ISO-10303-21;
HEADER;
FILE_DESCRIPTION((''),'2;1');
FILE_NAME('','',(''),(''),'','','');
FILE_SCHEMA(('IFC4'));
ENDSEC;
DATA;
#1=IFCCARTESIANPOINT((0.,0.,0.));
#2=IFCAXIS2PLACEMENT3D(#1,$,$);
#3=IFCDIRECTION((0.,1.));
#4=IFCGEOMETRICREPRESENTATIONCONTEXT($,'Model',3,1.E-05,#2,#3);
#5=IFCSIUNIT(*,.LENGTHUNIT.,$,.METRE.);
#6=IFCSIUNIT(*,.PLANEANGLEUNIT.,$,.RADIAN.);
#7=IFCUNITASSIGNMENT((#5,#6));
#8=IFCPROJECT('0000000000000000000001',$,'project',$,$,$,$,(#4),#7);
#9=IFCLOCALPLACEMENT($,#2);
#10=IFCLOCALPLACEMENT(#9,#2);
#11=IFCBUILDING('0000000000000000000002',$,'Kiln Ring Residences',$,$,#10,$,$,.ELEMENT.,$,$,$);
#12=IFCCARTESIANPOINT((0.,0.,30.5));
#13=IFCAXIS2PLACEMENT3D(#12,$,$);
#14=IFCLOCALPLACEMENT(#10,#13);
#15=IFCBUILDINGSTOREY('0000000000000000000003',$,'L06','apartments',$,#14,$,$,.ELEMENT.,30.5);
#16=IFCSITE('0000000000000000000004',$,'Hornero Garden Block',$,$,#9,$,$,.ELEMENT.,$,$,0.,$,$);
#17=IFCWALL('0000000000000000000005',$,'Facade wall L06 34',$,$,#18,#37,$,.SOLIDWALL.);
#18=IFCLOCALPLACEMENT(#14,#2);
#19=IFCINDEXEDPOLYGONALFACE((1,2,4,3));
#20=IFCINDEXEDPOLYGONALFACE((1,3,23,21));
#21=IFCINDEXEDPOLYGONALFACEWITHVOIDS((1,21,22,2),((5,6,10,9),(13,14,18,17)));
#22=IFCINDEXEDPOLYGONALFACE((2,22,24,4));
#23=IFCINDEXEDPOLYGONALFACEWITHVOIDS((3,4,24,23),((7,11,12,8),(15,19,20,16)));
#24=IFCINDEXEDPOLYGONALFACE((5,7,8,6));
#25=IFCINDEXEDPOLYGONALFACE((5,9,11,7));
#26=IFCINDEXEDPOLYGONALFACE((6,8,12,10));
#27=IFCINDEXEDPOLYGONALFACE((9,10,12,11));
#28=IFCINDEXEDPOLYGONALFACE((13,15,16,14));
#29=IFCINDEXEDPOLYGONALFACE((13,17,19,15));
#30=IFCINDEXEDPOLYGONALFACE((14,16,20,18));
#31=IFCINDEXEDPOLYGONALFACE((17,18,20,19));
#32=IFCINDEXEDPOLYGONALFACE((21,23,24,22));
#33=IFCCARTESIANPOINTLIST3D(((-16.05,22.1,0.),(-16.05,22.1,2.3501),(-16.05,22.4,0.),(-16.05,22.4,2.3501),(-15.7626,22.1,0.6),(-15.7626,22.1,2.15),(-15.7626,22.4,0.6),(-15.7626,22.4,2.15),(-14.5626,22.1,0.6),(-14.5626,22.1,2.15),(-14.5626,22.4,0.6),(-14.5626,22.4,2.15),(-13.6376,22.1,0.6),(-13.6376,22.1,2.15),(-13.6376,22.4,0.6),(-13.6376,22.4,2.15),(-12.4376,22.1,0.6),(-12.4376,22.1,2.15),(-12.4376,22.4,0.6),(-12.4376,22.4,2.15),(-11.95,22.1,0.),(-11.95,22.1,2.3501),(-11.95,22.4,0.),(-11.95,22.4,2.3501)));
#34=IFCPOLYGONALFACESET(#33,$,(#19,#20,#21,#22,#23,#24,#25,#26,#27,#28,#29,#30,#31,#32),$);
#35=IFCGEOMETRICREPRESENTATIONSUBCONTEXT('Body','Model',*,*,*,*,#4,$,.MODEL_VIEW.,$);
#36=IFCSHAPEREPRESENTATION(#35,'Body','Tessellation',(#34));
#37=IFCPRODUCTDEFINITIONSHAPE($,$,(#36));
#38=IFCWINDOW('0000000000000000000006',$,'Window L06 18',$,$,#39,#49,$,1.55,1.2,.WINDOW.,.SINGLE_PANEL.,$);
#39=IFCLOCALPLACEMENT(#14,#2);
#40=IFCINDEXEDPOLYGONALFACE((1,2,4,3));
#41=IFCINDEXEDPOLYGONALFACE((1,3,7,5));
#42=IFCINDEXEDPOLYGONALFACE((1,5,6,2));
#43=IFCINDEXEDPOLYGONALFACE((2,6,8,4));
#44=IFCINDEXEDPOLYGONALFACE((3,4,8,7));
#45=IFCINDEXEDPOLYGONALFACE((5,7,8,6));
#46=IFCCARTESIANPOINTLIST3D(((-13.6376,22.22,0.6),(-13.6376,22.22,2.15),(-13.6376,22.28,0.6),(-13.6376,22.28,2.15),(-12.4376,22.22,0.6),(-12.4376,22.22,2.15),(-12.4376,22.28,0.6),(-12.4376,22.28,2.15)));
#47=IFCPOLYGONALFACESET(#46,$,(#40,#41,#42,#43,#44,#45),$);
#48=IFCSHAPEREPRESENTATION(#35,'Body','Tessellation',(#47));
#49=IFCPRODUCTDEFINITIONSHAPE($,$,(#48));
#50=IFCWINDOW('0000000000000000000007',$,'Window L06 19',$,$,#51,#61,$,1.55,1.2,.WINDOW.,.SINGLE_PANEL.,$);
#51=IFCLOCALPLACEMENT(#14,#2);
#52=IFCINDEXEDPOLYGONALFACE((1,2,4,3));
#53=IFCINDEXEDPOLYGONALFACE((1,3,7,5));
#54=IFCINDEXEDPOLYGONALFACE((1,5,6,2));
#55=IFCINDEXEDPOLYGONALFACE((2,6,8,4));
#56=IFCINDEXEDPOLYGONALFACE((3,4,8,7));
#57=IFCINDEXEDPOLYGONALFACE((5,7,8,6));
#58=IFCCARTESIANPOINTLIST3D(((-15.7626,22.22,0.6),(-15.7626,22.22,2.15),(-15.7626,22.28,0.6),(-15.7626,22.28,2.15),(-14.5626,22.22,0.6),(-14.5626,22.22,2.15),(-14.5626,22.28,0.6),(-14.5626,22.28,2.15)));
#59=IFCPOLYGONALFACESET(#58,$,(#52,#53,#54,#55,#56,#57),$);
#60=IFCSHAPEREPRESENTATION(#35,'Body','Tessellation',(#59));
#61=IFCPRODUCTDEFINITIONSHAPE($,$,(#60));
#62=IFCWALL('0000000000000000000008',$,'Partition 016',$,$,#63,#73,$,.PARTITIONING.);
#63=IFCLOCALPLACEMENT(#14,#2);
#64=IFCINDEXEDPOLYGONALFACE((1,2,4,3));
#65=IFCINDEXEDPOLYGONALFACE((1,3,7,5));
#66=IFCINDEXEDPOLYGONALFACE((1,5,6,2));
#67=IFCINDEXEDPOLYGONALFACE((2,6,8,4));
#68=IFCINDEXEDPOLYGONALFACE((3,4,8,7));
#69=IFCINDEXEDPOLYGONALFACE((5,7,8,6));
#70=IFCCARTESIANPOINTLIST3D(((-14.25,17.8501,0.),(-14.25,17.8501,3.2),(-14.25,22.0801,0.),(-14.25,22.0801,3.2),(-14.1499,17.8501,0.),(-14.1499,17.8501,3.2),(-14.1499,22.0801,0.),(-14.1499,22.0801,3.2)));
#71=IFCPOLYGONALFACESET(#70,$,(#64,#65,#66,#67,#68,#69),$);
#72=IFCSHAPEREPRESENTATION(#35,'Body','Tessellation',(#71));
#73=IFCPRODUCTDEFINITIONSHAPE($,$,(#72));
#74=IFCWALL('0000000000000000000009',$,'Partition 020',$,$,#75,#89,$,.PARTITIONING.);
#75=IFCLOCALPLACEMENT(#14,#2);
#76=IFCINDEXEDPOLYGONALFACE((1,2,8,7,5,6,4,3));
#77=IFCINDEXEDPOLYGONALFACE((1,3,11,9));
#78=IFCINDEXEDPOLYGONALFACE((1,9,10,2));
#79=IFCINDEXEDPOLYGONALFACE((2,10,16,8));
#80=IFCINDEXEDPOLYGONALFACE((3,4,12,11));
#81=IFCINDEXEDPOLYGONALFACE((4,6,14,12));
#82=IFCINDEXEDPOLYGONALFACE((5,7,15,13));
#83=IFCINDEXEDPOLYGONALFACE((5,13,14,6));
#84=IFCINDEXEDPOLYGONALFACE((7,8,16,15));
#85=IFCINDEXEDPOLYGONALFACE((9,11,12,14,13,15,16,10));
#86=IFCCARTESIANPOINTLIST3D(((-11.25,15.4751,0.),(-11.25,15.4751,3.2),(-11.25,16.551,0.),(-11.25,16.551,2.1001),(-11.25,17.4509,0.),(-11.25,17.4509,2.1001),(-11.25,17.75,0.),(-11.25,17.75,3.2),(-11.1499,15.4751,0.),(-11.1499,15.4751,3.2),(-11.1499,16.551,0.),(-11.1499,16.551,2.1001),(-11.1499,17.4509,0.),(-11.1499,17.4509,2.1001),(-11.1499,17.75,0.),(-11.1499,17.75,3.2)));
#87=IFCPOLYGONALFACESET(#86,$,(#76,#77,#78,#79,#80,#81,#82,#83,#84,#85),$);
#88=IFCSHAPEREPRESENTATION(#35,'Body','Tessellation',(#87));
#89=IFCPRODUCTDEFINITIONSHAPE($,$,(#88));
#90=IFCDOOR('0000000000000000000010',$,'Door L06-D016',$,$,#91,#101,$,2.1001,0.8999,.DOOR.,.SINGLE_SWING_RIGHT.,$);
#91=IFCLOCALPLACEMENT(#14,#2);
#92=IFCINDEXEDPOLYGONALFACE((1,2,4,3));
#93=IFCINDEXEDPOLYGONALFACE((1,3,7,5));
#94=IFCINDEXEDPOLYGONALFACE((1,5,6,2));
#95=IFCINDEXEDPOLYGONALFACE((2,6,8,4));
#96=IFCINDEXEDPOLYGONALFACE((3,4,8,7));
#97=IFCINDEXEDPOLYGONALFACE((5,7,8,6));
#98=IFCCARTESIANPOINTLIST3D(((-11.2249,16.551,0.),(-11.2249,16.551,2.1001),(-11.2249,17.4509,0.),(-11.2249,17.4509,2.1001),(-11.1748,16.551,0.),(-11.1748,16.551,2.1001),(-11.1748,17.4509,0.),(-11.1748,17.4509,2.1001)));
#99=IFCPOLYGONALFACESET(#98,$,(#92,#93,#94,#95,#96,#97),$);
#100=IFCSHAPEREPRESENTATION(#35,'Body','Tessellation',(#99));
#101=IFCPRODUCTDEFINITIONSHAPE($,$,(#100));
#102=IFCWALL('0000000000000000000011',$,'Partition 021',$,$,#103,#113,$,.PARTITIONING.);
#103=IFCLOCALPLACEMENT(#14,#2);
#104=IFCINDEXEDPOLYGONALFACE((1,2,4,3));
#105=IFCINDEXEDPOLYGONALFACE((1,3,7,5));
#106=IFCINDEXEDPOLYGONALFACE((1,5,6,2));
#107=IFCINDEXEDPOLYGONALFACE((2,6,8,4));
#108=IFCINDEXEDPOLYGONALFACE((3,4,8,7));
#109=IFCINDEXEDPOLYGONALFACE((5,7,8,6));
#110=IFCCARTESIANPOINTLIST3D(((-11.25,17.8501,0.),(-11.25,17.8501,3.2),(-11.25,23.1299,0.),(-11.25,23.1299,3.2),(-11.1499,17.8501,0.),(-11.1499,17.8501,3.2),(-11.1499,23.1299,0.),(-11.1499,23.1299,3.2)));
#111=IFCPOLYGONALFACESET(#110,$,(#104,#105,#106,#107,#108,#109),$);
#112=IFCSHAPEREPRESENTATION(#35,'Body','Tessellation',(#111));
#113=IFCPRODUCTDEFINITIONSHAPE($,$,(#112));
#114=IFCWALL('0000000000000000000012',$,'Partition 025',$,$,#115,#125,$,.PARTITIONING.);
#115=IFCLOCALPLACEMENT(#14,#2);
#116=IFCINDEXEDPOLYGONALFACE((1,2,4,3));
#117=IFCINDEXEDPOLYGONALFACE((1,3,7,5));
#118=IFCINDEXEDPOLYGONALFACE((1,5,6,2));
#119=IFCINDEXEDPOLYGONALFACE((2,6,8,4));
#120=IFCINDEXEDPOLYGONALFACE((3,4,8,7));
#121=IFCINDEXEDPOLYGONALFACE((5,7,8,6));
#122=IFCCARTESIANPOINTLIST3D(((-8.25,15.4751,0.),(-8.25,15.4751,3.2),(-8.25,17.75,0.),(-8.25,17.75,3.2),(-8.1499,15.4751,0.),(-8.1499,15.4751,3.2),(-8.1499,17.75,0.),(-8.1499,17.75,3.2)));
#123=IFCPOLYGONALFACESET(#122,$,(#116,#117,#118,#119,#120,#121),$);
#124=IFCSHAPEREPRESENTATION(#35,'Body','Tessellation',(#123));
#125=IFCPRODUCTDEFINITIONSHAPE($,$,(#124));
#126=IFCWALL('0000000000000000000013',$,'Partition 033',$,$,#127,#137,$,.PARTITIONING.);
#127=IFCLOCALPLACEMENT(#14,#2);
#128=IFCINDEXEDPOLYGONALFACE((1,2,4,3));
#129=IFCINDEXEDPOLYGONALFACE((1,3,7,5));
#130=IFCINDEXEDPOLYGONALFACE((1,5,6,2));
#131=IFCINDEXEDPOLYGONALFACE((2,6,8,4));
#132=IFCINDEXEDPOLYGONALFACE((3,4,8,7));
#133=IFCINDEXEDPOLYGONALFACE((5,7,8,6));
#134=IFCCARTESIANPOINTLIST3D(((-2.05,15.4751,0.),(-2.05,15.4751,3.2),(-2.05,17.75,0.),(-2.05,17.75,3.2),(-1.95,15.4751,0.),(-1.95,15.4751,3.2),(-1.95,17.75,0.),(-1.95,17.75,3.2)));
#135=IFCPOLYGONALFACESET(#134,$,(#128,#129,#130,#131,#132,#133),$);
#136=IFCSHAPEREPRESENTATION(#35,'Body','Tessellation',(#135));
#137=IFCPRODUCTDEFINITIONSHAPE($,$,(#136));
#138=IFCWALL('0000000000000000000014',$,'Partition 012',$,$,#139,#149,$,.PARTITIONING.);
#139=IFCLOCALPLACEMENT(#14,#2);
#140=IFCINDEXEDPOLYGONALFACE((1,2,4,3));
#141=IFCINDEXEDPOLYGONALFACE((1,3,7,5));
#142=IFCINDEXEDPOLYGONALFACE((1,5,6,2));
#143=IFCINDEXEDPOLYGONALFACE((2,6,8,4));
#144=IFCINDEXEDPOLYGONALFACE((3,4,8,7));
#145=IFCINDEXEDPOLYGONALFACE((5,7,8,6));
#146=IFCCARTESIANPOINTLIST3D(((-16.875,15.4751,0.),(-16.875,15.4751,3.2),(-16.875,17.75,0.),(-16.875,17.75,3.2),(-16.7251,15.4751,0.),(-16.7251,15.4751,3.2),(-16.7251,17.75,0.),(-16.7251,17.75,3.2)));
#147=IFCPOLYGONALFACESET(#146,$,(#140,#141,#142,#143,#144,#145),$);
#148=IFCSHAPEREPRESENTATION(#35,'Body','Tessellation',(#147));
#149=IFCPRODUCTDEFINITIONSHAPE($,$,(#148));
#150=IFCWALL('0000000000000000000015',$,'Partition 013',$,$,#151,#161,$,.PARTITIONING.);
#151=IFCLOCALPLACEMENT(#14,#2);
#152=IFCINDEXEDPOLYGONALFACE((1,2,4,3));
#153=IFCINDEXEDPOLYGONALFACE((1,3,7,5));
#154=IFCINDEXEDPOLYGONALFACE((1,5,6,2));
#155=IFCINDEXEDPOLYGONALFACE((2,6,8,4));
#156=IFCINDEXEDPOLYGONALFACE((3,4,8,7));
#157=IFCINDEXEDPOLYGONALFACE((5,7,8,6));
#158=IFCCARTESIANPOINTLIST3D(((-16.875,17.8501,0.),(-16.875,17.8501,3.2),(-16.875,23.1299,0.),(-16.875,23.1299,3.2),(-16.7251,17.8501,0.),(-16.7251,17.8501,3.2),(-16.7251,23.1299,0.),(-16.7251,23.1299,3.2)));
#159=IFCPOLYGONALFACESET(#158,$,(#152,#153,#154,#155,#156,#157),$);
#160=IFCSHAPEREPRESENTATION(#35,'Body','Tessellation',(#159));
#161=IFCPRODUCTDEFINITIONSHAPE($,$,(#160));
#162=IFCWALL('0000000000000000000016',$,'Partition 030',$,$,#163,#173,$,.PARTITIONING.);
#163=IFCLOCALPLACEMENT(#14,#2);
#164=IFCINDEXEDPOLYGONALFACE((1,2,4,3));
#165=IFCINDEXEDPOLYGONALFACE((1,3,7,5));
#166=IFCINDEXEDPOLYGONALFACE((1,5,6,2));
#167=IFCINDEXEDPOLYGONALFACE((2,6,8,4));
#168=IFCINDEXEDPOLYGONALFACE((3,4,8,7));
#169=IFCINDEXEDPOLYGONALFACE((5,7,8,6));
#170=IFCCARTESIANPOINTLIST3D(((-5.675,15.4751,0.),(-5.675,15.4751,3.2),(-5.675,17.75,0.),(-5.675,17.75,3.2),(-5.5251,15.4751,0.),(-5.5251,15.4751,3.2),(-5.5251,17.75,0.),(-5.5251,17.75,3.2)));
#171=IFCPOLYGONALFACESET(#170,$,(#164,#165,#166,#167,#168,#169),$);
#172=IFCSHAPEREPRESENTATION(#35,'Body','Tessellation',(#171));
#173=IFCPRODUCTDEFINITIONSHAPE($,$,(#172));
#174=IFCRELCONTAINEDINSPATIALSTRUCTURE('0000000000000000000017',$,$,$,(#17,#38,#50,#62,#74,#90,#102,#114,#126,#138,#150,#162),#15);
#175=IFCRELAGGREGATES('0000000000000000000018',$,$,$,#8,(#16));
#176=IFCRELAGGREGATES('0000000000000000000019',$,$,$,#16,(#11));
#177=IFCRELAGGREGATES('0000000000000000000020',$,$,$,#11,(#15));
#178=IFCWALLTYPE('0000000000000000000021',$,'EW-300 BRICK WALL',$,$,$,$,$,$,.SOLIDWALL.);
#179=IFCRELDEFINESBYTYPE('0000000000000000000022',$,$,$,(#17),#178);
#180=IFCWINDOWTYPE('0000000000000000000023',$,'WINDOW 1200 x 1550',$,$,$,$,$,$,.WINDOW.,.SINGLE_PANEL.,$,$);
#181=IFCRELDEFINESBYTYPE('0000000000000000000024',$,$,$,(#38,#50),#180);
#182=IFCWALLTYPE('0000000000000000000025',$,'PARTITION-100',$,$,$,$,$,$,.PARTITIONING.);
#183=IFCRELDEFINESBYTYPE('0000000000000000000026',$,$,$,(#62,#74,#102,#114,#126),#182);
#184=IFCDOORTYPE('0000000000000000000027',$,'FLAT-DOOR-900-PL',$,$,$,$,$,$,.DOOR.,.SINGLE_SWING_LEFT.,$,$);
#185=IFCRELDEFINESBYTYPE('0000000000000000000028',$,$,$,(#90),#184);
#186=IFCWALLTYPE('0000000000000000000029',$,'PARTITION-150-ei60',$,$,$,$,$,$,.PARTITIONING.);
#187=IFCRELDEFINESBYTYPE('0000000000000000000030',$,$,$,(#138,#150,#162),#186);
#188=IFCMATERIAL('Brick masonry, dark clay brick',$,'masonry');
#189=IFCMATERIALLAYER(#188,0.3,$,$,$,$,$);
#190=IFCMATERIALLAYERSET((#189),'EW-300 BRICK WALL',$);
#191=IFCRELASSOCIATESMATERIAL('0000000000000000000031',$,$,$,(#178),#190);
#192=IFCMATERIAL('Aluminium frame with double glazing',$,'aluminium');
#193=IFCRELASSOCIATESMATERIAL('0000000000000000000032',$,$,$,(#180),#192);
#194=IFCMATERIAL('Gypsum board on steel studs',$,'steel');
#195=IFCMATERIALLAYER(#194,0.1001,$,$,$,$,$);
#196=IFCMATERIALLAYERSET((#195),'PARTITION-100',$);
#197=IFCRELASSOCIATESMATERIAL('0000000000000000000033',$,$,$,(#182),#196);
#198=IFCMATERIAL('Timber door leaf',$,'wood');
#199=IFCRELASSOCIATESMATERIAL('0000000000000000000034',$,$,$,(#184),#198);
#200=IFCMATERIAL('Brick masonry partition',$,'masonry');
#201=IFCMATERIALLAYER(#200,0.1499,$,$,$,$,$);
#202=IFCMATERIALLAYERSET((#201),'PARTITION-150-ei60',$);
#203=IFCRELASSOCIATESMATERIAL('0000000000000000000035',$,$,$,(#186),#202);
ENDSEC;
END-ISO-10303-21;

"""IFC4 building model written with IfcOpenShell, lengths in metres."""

from ifc_helpers import new_model, si_unit, direction, frame, frame_2d, origin, place, context, subcontext, project, spatial, rectangle, extrude, material, layer, layer_set, type_object, element, fill, save


model = new_model("IFC4")

# Units and contexts
model_context = context("Model", 3, precision=1e-05, world=origin(), true_north=direction((0.0, 1.0)))
body_context = subcontext(model_context, "Body", "Model", "MODEL_VIEW")
ifc_project = project(units=[si_unit("LENGTHUNIT", "METRE"), si_unit("PLANEANGLEUNIT", "RADIAN")], contexts=[model_context])

# Site, building, storey
site_placement = place(None, origin())
site = spatial("IfcSite", under=ifc_project, at=site_placement, Name="Hornero Garden Block", CompositionType="ELEMENT", RefElevation=0.0)
building_placement = place(site_placement, origin())
building = spatial("IfcBuilding", under=site, at=building_placement, Name="Kiln Ring Residences", CompositionType="ELEMENT")
storey_placement = place(building_placement, frame((0.0, 0.0, 30.5)))
storey = spatial("IfcBuildingStorey", under=building, at=storey_placement, Name="L06", Description="apartments", CompositionType="ELEMENT", Elevation=30.5)

# Shared definitions
ifc_material_1 = material(Name="Brick masonry, dark clay brick", Category="masonry")
ifc_layer_1 = layer(ifc_material_1, 0.3)
ifc_layer_set_1 = layer_set([ifc_layer_1], Name="EW-300 BRICK WALL")
wall_type_1 = type_object("IfcWallType", Name="EW-300 BRICK WALL", PredefinedType="SOLIDWALL", material=ifc_layer_set_1)

# Wall, openings, windows
wall_1_placement = place(storey_placement, frame((-11.95, 22.25, 0.0), z_axis=(0.0, 0.0, 1.0), x_axis=(-1.0, 0.0, 0.0)))
wall_1 = element("IfcWall", 1, at=wall_1_placement, inside=storey, type_object=wall_type_1, Name="Facade wall L06 34", PredefinedType="SOLIDWALL", context=body_context, shape_type="SweptSolid", body=[
    extrude(rectangle(XDim=4.1001, YDim=0.3, at=frame_2d((2.05, 0.0))), origin(), (0.0, 0.0, 1.0), 2.3501),
])
opening_1_placement = place(wall_1_placement, frame((0.4875, 0.0, 0.6001)))
opening_1 = element("IfcOpeningElement", 2, at=opening_1_placement, cuts=wall_1, PredefinedType="OPENING", context=body_context, shape_type="SweptSolid", body=[
    extrude(rectangle(XDim=1.2, YDim=1.55, at=frame_2d((0.6001, 0.7749))), frame((0.0, 0.1599, 0.0), z_axis=(0.0, -1.0, 0.0), x_axis=(1.0, 0.0, 0.0)), (0.0, 0.0, 1.0), 0.3201),
])
opening_2_placement = place(wall_1_placement, frame((2.6125, 0.0, 0.6001)))
opening_2 = element("IfcOpeningElement", 3, at=opening_2_placement, cuts=wall_1, PredefinedType="OPENING", context=body_context, shape_type="SweptSolid", body=[
    extrude(rectangle(XDim=1.2, YDim=1.55, at=frame_2d((0.6001, 0.7749))), frame((0.0, 0.1599, 0.0), z_axis=(0.0, -1.0, 0.0), x_axis=(1.0, 0.0, 0.0)), (0.0, 0.0, 1.0), 0.3201),
])
ifc_material_2 = material(Name="Aluminium frame with double glazing", Category="aluminium")
window_type_1 = type_object("IfcWindowType", Name="WINDOW 1200 x 1550", PartitioningType="SINGLE_PANEL", PredefinedType="WINDOW", material=ifc_material_2)
window_1_placement = place(opening_1_placement, origin())
window_1 = element("IfcWindow", 4, at=window_1_placement, inside=storey, type_object=window_type_1, Name="Window L06 18", OverallHeight=1.55, OverallWidth=1.2, PartitioningType="SINGLE_PANEL", PredefinedType="WINDOW", context=body_context, shape_type="SweptSolid", body=[
    extrude(rectangle(XDim=1.2, YDim=1.55, at=frame_2d((0.6001, 0.7749))), frame((0.0, 0.03, 0.0), z_axis=(0.0, -1.0, 0.0), x_axis=(1.0, 0.0, 0.0)), (0.0, 0.0, 1.0), 0.0601),
])
fill(opening_1, window_1)
window_2_placement = place(opening_2_placement, origin())
window_2 = element("IfcWindow", 5, at=window_2_placement, inside=storey, type_object=window_type_1, Name="Window L06 19", OverallHeight=1.55, OverallWidth=1.2, PartitioningType="SINGLE_PANEL", PredefinedType="WINDOW", context=body_context, shape_type="SweptSolid", body=[
    extrude(rectangle(XDim=1.2, YDim=1.55, at=frame_2d((0.6001, 0.7749))), frame((0.0, 0.03, 0.0), z_axis=(0.0, -1.0, 0.0), x_axis=(1.0, 0.0, 0.0)), (0.0, 0.0, 1.0), 0.0601),
])
fill(opening_2, window_2)

# Wall
ifc_material_3 = material(Name="Gypsum board on steel studs", Category="steel")
ifc_layer_2 = layer(ifc_material_3, 0.1001)
ifc_layer_set_2 = layer_set([ifc_layer_2], Name="PARTITION-100")
wall_type_2 = type_object("IfcWallType", Name="PARTITION-100", PredefinedType="PARTITIONING", material=ifc_layer_set_2)
wall_2_placement = place(storey_placement, frame((-14.2, 17.8501, 0.0), z_axis=(0.0, 0.0, 1.0), x_axis=(0.0, 1.0, 0.0)))
element("IfcWall", 6, at=wall_2_placement, inside=storey, type_object=wall_type_2, Name="Partition 016", PredefinedType="PARTITIONING", context=body_context, shape_type="SweptSolid", body=[
    extrude(rectangle(XDim=4.23, YDim=0.1001, at=frame_2d((2.115, 0.0))), origin(), (0.0, 0.0, 1.0), 3.2),
])

# Wall, opening, door
wall_3_placement = place(storey_placement, frame((-11.2, 15.4751, 0.0), z_axis=(0.0, 0.0, 1.0), x_axis=(0.0, 1.0, 0.0)))
wall_3 = element("IfcWall", 7, at=wall_3_placement, inside=storey, type_object=wall_type_2, Name="Partition 020", PredefinedType="PARTITIONING", context=body_context, shape_type="SweptSolid", body=[
    extrude(rectangle(XDim=2.2749, YDim=0.1001, at=frame_2d((1.1375, 0.0))), origin(), (0.0, 0.0, 1.0), 3.2),
])
opening_3_placement = place(wall_3_placement, frame((1.0759, 0.0, 0.0)))
opening_3 = element("IfcOpeningElement", 8, at=opening_3_placement, cuts=wall_3, PredefinedType="OPENING", context=body_context, shape_type="SweptSolid", body=[
    extrude(rectangle(XDim=0.8999, YDim=2.1001, at=frame_2d((0.45, 1.05))), frame((0.0, 0.0601, 0.0), z_axis=(0.0, -1.0, 0.0), x_axis=(1.0, 0.0, 0.0)), (0.0, 0.0, 1.0), 0.1201),
])
ifc_material_4 = material(Name="Timber door leaf", Category="wood")
door_type = type_object("IfcDoorType", Name="FLAT-DOOR-900-PL", OperationType="SINGLE_SWING_LEFT", PredefinedType="DOOR", material=ifc_material_4)
door_placement = place(opening_3_placement, origin())
door = element("IfcDoor", 9, at=door_placement, inside=storey, type_object=door_type, Name="Door L06-D016", OperationType="SINGLE_SWING_RIGHT", OverallHeight=2.1001, OverallWidth=0.8999, PredefinedType="DOOR", context=body_context, shape_type="SweptSolid", body=[
    extrude(rectangle(XDim=0.8999, YDim=2.1001, at=frame_2d((0.45, 1.05))), frame((0.0, 0.0249, 0.0), z_axis=(0.0, -1.0, 0.0), x_axis=(1.0, 0.0, 0.0)), (0.0, 0.0, 1.0), 0.05),
])
fill(opening_3, door)

# Walls
wall_4_placement = place(storey_placement, frame((-11.2, 17.8501, 0.0), z_axis=(0.0, 0.0, 1.0), x_axis=(0.0, 1.0, 0.0)))
element("IfcWall", 10, at=wall_4_placement, inside=storey, type_object=wall_type_2, Name="Partition 021", PredefinedType="PARTITIONING", context=body_context, shape_type="SweptSolid", body=[
    extrude(rectangle(XDim=5.2798, YDim=0.1001, at=frame_2d((2.6399, 0.0))), origin(), (0.0, 0.0, 1.0), 3.2),
])
for number, where, z_axis, x_axis, name in (
    (11, (-8.2, 15.4751, 0.0), (0.0, 0.0, 1.0), (0.0, 1.0, 0.0), "Partition 025"),
    (12, (-2.0, 15.4751, 0.0), (0.0, 0.0, 1.0), (0.0, 1.0, 0.0), "Partition 033"),
):
    element("IfcWall", number, at=place(storey_placement, frame(where, z_axis=z_axis, x_axis=x_axis)), inside=storey, type_object=wall_type_2, Name=name, PredefinedType="PARTITIONING", context=body_context, shape_type="SweptSolid", body=[
        extrude(rectangle(XDim=2.2749, YDim=0.1001, at=frame_2d((1.1375, 0.0))), origin(), (0.0, 0.0, 1.0), 3.2),
    ])
ifc_material_5 = material(Name="Brick masonry partition", Category="masonry")
ifc_layer_3 = layer(ifc_material_5, 0.1499)
ifc_layer_set_3 = layer_set([ifc_layer_3], Name="PARTITION-150-ei60")
wall_type_3 = type_object("IfcWallType", Name="PARTITION-150-ei60", PredefinedType="PARTITIONING", material=ifc_layer_set_3)
wall_5_placement = place(storey_placement, frame((-16.8, 15.4751, 0.0), z_axis=(0.0, 0.0, 1.0), x_axis=(0.0, 1.0, 0.0)))
element("IfcWall", 13, at=wall_5_placement, inside=storey, type_object=wall_type_3, Name="Partition 012", PredefinedType="PARTITIONING", context=body_context, shape_type="SweptSolid", body=[
    extrude(rectangle(XDim=2.2749, YDim=0.1499, at=frame_2d((1.1375, 0.0))), origin(), (0.0, 0.0, 1.0), 3.2),
])
wall_6_placement = place(storey_placement, frame((-16.8, 17.8501, 0.0), z_axis=(0.0, 0.0, 1.0), x_axis=(0.0, 1.0, 0.0)))
element("IfcWall", 14, at=wall_6_placement, inside=storey, type_object=wall_type_3, Name="Partition 013", PredefinedType="PARTITIONING", context=body_context, shape_type="SweptSolid", body=[
    extrude(rectangle(XDim=5.2798, YDim=0.1499, at=frame_2d((2.6399, 0.0))), origin(), (0.0, 0.0, 1.0), 3.2),
])
wall_7_placement = place(storey_placement, frame((-5.6001, 15.4751, 0.0), z_axis=(0.0, 0.0, 1.0), x_axis=(0.0, 1.0, 0.0)))
element("IfcWall", 15, at=wall_7_placement, inside=storey, type_object=wall_type_3, Name="Partition 030", PredefinedType="PARTITIONING", context=body_context, shape_type="SweptSolid", body=[
    extrude(rectangle(XDim=2.2749, YDim=0.1499, at=frame_2d((1.1375, 0.0))), origin(), (0.0, 0.0, 1.0), 3.2),
])

save(model, "model.ifc")
